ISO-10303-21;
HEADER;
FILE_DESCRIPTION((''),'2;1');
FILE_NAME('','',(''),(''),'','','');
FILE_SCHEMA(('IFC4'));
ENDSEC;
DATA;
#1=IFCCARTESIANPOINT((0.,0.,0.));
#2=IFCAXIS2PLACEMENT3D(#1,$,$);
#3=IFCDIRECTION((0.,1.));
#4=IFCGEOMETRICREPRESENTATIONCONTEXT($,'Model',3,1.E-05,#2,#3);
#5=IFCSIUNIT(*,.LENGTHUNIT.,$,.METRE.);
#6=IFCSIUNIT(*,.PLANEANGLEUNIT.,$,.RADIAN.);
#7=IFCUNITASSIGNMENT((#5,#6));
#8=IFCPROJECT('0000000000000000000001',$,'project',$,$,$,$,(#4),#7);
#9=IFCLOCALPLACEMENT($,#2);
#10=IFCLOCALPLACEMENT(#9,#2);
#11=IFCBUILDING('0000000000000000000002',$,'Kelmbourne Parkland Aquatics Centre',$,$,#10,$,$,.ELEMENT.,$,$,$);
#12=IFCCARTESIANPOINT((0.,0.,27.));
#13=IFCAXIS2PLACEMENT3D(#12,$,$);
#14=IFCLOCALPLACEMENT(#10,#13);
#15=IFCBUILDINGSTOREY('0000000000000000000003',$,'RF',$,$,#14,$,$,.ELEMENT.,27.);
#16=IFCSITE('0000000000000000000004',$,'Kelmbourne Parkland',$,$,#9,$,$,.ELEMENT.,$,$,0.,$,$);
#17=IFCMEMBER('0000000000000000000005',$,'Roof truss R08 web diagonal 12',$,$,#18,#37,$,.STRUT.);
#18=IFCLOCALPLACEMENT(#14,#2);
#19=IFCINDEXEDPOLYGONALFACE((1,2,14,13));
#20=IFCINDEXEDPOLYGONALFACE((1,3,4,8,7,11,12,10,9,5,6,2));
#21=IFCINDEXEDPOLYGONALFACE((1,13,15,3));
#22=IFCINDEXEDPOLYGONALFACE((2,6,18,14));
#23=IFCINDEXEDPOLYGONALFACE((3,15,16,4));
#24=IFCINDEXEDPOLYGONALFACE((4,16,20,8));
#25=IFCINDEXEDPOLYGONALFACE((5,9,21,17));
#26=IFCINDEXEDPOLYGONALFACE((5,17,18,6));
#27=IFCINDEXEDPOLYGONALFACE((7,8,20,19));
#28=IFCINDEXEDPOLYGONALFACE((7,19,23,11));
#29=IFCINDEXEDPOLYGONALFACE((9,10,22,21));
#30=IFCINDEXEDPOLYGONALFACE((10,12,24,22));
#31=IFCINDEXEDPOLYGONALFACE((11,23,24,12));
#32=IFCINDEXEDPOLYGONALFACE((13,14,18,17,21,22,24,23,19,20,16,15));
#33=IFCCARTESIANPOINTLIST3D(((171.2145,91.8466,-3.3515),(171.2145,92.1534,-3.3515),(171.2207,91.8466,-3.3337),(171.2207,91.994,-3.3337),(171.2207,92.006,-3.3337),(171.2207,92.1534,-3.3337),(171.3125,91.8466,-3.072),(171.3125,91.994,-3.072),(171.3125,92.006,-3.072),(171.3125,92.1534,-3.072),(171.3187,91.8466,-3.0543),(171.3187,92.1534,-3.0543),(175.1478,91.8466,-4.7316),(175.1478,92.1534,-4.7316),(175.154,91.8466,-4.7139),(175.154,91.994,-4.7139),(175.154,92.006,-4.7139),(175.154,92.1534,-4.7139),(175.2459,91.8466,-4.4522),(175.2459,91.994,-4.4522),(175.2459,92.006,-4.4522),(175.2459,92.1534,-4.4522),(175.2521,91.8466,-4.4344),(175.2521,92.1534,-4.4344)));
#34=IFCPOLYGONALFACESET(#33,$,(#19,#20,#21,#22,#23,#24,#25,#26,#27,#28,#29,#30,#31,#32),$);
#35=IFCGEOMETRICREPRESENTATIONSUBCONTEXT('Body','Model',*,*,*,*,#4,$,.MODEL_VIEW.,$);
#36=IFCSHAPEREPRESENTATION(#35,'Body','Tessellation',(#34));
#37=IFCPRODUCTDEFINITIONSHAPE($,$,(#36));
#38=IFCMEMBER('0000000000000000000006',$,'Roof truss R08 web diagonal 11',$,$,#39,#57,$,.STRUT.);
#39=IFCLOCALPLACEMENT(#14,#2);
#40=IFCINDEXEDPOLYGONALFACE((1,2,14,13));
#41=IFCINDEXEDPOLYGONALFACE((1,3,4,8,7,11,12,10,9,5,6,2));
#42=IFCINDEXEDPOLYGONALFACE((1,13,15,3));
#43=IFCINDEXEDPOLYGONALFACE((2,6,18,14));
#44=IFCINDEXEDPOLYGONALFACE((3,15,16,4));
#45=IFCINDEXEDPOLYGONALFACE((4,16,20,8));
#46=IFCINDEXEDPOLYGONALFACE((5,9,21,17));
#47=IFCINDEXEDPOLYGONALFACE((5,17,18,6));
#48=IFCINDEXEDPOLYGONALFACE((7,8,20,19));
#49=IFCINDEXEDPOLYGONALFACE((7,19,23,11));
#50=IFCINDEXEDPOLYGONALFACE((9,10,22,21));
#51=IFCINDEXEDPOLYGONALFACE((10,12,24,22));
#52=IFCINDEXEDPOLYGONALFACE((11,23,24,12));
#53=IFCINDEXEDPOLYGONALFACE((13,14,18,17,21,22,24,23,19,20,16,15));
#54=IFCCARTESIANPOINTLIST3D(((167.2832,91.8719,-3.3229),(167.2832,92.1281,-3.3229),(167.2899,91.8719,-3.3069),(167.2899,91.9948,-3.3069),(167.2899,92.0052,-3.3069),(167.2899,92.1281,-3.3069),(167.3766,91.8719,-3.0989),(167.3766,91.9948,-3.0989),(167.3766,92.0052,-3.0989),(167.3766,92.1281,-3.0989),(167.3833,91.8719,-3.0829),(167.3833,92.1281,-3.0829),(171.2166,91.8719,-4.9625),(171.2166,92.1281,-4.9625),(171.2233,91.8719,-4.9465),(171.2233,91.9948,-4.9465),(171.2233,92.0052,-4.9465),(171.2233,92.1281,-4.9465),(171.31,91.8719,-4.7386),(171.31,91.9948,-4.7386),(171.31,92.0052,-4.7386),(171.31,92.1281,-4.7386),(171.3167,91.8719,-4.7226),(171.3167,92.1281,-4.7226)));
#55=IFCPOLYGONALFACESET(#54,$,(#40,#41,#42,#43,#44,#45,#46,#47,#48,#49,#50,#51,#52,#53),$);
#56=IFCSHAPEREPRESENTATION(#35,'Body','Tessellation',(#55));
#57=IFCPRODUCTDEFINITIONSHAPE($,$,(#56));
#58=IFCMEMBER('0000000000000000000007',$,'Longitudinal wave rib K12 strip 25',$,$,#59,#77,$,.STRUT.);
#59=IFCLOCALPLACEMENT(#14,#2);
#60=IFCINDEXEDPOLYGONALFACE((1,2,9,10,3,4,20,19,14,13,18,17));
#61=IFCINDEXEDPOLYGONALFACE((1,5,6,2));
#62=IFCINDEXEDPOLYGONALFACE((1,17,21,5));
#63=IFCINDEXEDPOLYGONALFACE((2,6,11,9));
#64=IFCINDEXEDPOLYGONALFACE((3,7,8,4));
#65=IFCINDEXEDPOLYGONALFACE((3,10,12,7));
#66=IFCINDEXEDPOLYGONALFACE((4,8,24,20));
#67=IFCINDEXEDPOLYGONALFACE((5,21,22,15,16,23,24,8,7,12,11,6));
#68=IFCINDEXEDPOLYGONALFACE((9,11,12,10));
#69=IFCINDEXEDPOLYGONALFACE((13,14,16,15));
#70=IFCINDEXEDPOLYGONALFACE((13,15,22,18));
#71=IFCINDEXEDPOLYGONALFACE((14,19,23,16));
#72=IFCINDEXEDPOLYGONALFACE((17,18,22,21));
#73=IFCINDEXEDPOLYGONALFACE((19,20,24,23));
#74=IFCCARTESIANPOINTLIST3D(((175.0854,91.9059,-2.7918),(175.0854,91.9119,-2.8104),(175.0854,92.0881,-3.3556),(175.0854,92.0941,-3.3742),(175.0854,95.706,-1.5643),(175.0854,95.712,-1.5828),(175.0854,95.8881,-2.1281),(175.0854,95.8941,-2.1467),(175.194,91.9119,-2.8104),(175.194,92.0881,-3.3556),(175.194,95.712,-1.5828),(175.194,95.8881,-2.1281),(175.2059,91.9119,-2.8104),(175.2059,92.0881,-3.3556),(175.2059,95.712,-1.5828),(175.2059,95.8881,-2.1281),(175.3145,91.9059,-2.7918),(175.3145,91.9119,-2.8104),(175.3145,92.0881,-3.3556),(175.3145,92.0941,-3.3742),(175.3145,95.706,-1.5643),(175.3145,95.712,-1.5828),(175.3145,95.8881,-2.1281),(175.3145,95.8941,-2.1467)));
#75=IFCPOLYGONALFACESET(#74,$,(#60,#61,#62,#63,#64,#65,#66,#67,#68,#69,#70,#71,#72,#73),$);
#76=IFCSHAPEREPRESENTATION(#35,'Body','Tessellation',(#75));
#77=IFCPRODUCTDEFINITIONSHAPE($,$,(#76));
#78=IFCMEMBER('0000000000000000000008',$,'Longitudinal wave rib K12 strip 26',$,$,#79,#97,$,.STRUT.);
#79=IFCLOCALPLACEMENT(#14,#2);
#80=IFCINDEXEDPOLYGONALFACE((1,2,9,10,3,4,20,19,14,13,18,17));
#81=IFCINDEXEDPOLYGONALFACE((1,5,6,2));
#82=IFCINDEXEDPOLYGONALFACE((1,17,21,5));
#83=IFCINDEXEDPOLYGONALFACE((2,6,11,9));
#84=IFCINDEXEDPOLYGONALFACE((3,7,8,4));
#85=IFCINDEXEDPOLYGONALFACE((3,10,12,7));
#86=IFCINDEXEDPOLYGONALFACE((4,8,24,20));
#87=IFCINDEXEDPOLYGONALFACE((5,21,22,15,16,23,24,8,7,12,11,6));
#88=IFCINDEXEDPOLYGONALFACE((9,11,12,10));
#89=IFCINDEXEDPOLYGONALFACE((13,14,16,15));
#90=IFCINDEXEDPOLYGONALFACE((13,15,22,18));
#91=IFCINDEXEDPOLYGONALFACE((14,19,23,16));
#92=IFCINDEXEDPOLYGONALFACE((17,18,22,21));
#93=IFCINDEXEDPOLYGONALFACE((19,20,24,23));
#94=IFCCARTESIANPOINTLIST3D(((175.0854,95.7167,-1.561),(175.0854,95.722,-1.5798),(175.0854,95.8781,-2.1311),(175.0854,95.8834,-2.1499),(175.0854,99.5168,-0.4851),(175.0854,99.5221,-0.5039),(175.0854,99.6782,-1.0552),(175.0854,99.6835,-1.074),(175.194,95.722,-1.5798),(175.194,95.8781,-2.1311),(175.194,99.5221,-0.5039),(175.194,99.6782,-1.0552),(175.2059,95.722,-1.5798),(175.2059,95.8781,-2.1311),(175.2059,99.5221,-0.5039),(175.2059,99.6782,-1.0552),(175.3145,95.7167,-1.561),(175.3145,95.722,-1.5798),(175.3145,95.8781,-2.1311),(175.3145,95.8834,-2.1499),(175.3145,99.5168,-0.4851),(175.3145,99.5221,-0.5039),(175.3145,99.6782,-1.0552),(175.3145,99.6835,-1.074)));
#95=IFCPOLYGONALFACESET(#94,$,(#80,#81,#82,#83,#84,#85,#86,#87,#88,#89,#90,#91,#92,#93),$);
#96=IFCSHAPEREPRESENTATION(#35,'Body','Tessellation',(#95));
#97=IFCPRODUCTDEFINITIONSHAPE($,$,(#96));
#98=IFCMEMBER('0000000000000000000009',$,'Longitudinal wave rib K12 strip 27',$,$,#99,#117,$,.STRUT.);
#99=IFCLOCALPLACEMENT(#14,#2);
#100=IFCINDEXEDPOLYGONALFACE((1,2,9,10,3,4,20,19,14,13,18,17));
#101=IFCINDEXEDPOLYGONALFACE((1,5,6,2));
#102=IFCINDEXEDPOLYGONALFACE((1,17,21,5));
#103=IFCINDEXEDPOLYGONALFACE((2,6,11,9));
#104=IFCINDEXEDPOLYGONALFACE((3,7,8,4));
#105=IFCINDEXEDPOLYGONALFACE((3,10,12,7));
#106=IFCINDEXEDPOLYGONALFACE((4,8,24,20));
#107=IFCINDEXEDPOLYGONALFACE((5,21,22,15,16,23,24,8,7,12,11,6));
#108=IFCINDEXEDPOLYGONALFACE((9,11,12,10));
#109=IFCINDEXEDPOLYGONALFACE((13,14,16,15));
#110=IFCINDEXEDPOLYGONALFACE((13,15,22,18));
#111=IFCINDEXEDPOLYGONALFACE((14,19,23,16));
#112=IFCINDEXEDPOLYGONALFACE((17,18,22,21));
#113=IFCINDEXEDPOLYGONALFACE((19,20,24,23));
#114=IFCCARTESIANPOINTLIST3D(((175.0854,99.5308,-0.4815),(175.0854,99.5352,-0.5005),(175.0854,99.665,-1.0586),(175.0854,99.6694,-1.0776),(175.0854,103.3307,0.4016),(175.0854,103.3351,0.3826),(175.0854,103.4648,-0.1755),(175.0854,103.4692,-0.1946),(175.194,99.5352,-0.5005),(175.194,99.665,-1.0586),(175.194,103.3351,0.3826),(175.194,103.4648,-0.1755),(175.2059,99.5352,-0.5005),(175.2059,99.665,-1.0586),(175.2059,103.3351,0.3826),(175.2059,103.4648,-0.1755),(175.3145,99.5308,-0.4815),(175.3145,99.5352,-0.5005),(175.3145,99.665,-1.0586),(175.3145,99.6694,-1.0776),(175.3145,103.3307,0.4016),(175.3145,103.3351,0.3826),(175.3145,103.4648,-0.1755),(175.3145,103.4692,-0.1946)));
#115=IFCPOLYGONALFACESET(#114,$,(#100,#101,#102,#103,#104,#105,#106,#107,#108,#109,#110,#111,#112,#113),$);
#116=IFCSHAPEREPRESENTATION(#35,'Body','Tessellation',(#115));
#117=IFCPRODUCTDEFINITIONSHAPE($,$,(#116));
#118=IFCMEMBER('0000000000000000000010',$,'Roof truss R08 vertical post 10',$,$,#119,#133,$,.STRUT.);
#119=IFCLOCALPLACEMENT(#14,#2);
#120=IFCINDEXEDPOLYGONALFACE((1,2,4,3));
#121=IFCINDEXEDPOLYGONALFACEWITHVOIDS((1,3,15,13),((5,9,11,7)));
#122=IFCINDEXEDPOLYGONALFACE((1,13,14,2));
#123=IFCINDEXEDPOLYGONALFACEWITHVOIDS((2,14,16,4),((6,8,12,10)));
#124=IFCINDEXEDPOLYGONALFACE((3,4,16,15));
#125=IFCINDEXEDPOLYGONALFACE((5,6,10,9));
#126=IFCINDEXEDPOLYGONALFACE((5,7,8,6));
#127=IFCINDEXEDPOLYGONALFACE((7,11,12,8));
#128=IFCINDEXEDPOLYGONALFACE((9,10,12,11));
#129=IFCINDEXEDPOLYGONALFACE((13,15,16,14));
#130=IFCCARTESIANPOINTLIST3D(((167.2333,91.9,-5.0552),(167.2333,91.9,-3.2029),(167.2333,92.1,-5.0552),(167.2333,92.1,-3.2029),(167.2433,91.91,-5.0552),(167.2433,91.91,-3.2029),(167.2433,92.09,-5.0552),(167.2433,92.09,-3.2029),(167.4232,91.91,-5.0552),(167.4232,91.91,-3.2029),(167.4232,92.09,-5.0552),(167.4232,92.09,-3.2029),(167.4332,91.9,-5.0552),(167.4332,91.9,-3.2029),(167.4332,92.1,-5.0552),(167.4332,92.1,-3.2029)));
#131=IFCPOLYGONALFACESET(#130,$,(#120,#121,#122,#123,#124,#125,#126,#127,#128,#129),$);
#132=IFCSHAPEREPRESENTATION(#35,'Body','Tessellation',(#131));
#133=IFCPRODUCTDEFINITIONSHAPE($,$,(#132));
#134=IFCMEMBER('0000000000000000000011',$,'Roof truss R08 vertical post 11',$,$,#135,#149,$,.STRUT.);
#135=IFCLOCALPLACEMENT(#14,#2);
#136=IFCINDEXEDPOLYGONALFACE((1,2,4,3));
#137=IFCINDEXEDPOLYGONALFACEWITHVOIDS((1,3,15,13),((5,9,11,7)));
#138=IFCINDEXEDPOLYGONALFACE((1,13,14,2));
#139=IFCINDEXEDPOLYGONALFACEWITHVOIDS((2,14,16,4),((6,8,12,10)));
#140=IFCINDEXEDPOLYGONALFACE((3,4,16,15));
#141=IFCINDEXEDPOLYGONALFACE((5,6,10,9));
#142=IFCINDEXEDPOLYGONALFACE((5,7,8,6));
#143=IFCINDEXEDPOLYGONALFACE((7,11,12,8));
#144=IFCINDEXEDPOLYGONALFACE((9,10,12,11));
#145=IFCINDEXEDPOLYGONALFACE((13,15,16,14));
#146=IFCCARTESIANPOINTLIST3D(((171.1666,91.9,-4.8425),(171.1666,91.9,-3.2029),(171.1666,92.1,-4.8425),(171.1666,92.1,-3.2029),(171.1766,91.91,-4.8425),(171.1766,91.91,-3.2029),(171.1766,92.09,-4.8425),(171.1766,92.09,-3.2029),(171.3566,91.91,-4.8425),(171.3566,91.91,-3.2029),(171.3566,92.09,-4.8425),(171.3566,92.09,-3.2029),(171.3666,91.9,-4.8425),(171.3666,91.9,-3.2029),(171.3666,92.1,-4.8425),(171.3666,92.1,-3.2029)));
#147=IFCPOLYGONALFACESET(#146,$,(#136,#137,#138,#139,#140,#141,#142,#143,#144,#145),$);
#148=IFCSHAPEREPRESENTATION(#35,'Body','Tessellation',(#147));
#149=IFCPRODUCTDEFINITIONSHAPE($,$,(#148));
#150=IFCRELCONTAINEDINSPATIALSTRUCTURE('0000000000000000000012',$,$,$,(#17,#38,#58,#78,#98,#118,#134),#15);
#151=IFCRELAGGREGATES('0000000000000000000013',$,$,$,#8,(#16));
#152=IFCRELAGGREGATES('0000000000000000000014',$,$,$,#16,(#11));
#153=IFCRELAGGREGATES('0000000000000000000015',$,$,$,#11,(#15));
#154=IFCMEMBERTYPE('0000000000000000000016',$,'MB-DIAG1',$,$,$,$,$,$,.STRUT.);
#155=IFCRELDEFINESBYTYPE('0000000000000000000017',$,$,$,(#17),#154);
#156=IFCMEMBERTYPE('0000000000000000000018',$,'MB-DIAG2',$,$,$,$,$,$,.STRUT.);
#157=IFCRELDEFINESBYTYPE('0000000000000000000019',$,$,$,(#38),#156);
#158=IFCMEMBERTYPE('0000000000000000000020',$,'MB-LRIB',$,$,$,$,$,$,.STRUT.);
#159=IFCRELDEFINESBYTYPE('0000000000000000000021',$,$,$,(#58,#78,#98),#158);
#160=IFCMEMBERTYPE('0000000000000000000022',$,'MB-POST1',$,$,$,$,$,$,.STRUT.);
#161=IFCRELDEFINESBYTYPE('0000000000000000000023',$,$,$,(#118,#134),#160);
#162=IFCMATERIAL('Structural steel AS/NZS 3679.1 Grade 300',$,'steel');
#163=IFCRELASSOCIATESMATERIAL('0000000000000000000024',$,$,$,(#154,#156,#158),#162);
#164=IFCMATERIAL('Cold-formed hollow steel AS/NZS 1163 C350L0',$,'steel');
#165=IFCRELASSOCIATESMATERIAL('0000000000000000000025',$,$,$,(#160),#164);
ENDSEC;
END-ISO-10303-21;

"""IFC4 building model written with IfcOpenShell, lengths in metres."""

from ifc_helpers import new_model, si_unit, direction, frame, origin, origin_2d, place, context, subcontext, project, spatial, hollow_rectangle, i_section, extrude, material, material_profile, profile_set, type_object, element, save


model = new_model("IFC4")

# Units and contexts
model_context = context("Model", 3, precision=1e-05, world=origin(), true_north=direction((0.0, 1.0)))
body_context = subcontext(model_context, "Body", "Model", "MODEL_VIEW")
ifc_project = project(units=[si_unit("LENGTHUNIT", "METRE"), si_unit("PLANEANGLEUNIT", "RADIAN")], contexts=[model_context])

# Site, building, storey
site_placement = place(None, origin())
site = spatial("IfcSite", under=ifc_project, at=site_placement, Name="Kelmbourne Parkland", CompositionType="ELEMENT", RefElevation=0.0)
building_placement = place(site_placement, origin())
building = spatial("IfcBuilding", under=site, at=building_placement, Name="Kelmbourne Parkland Aquatics Centre", CompositionType="ELEMENT")
storey_placement = place(building_placement, frame((0.0, 0.0, 27.0)))
storey = spatial("IfcBuildingStorey", under=building, at=storey_placement, Name="RF", CompositionType="ELEMENT", Elevation=27.0)

# Members
ifc_material_1 = material(Name="Structural steel AS/NZS 3679.1 Grade 300", Category="steel")
ifc_material_profile_1 = material_profile(ifc_material_1, i_section(OverallWidth=0.3069, OverallDepth=0.3149, WebThickness=0.012, FlangeThickness=0.0188, at=origin_2d()), Name="310UC118")
ifc_profile_set_1 = profile_set([ifc_material_profile_1], Name="Structural steel AS/NZS 3679.1 Grade 300")
member_type_1 = type_object("IfcMemberType", Name="MB-DIAG1", PredefinedType="STRUT", material=ifc_profile_set_1)
member_1_placement = place(storey_placement, frame((171.2666, 92.0, -3.2029), z_axis=(0.9436, 0.0, -0.331089), x_axis=(0.0, 1.0, 0.0)))
element("IfcMember", 1, at=member_1_placement, inside=storey, type_object=member_type_1, Name="Roof truss R08 web diagonal 12", PredefinedType="STRUT", context=body_context, shape_type="SweptSolid", body=[
    extrude(i_section(OverallWidth=0.3069, OverallDepth=0.3149, WebThickness=0.012, FlangeThickness=0.0188, at=origin_2d()), origin(), (0.0, 0.0, 1.0), 4.1685),
])
ifc_material_profile_2 = material_profile(ifc_material_1, i_section(OverallWidth=0.2561, OverallDepth=0.26, WebThickness=0.0105, FlangeThickness=0.0173, at=origin_2d()), Name="250UC89.5")
ifc_profile_set_2 = profile_set([ifc_material_profile_2], Name="Structural steel AS/NZS 3679.1 Grade 300")
member_type_2 = type_object("IfcMemberType", Name="MB-DIAG2", PredefinedType="STRUT", material=ifc_profile_set_2)
member_2_placement = place(storey_placement, frame((167.3333, 92.0, -3.2029), z_axis=(0.923014, 0.0, -0.384766), x_axis=(0.0, 1.0, 0.0)))
element("IfcMember", 2, at=member_2_placement, inside=storey, type_object=member_type_2, Name="Roof truss R08 web diagonal 11", PredefinedType="STRUT", context=body_context, shape_type="SweptSolid", body=[
    extrude(i_section(OverallWidth=0.2561, OverallDepth=0.26, WebThickness=0.0105, FlangeThickness=0.0173, at=origin_2d()), origin(), (0.0, 0.0, 1.0), 4.2615),
])
ifc_material_profile_3 = material_profile(ifc_material_1, i_section(OverallWidth=0.229, OverallDepth=0.6121, WebThickness=0.012, FlangeThickness=0.0195, at=origin_2d()), Name="610UB125")
ifc_profile_set_3 = profile_set([ifc_material_profile_3], Name="Structural steel AS/NZS 3679.1 Grade 300")
member_type_3 = type_object("IfcMemberType", Name="MB-LRIB", PredefinedType="STRUT", material=ifc_profile_set_3)
member_3_placement = place(storey_placement, frame((175.2, 92.0, -3.083), z_axis=(0.0, 0.951583, 0.307392), x_axis=(-1.0, 0.0, 0.0)))
element("IfcMember", 3, at=member_3_placement, inside=storey, type_object=member_type_3, Name="Longitudinal wave rib K12 strip 25", PredefinedType="STRUT", context=body_context, shape_type="SweptSolid", body=[
    extrude(i_section(OverallWidth=0.229, OverallDepth=0.6121, WebThickness=0.012, FlangeThickness=0.0195, at=origin_2d()), origin(), (0.0, 0.0, 1.0), 3.9934),
])
member_4_placement = place(storey_placement, frame((175.2, 95.8, -1.8555), z_axis=(0.0, 0.962177, 0.272426), x_axis=(-1.0, 0.0, 0.0)))
element("IfcMember", 4, at=member_4_placement, inside=storey, type_object=member_type_3, Name="Longitudinal wave rib K12 strip 26", PredefinedType="STRUT", context=body_context, shape_type="SweptSolid", body=[
    extrude(i_section(OverallWidth=0.229, OverallDepth=0.6121, WebThickness=0.012, FlangeThickness=0.0195, at=origin_2d()), origin(), (0.0, 0.0, 1.0), 3.9495),
])
member_5_placement = place(storey_placement, frame((175.2, 99.6001, -0.7795), z_axis=(0.0, 0.974043, 0.226363), x_axis=(-1.0, 0.0, 0.0)))
element("IfcMember", 5, at=member_5_placement, inside=storey, type_object=member_type_3, Name="Longitudinal wave rib K12 strip 27", PredefinedType="STRUT", context=body_context, shape_type="SweptSolid", body=[
    extrude(i_section(OverallWidth=0.229, OverallDepth=0.6121, WebThickness=0.012, FlangeThickness=0.0195, at=origin_2d()), origin(), (0.0, 0.0, 1.0), 3.9011),
])
ifc_material_2 = material(Name="Cold-formed hollow steel AS/NZS 1163 C350L0", Category="steel")
ifc_material_profile_4 = material_profile(ifc_material_2, hollow_rectangle(XDim=0.2, YDim=0.2, WallThickness=0.01, at=origin_2d()), Name="SHS 200x200x10.0")
ifc_profile_set_4 = profile_set([ifc_material_profile_4], Name="Cold-formed hollow steel AS/NZS 1163 C350L0")
member_type_4 = type_object("IfcMemberType", Name="MB-POST1", PredefinedType="STRUT", material=ifc_profile_set_4)
member_6_placement = place(storey_placement, frame((167.3333, 92.0, -5.0552), z_axis=(0.0, 0.0, 1.0), x_axis=(1.0, 0.0, 0.0)))
element("IfcMember", 6, at=member_6_placement, inside=storey, type_object=member_type_4, Name="Roof truss R08 vertical post 10", PredefinedType="STRUT", context=body_context, shape_type="SweptSolid", body=[
    extrude(hollow_rectangle(XDim=0.2, YDim=0.2, WallThickness=0.01, at=origin_2d()), origin(), (0.0, 0.0, 1.0), 1.8523),
])
member_7_placement = place(storey_placement, frame((171.2666, 92.0, -4.8425), z_axis=(0.0, 0.0, 1.0), x_axis=(1.0, 0.0, 0.0)))
element("IfcMember", 7, at=member_7_placement, inside=storey, type_object=member_type_4, Name="Roof truss R08 vertical post 11", PredefinedType="STRUT", context=body_context, shape_type="SweptSolid", body=[
    extrude(hollow_rectangle(XDim=0.2, YDim=0.2, WallThickness=0.01, at=origin_2d()), origin(), (0.0, 0.0, 1.0), 1.6396),
])

save(model, "model.ifc")
